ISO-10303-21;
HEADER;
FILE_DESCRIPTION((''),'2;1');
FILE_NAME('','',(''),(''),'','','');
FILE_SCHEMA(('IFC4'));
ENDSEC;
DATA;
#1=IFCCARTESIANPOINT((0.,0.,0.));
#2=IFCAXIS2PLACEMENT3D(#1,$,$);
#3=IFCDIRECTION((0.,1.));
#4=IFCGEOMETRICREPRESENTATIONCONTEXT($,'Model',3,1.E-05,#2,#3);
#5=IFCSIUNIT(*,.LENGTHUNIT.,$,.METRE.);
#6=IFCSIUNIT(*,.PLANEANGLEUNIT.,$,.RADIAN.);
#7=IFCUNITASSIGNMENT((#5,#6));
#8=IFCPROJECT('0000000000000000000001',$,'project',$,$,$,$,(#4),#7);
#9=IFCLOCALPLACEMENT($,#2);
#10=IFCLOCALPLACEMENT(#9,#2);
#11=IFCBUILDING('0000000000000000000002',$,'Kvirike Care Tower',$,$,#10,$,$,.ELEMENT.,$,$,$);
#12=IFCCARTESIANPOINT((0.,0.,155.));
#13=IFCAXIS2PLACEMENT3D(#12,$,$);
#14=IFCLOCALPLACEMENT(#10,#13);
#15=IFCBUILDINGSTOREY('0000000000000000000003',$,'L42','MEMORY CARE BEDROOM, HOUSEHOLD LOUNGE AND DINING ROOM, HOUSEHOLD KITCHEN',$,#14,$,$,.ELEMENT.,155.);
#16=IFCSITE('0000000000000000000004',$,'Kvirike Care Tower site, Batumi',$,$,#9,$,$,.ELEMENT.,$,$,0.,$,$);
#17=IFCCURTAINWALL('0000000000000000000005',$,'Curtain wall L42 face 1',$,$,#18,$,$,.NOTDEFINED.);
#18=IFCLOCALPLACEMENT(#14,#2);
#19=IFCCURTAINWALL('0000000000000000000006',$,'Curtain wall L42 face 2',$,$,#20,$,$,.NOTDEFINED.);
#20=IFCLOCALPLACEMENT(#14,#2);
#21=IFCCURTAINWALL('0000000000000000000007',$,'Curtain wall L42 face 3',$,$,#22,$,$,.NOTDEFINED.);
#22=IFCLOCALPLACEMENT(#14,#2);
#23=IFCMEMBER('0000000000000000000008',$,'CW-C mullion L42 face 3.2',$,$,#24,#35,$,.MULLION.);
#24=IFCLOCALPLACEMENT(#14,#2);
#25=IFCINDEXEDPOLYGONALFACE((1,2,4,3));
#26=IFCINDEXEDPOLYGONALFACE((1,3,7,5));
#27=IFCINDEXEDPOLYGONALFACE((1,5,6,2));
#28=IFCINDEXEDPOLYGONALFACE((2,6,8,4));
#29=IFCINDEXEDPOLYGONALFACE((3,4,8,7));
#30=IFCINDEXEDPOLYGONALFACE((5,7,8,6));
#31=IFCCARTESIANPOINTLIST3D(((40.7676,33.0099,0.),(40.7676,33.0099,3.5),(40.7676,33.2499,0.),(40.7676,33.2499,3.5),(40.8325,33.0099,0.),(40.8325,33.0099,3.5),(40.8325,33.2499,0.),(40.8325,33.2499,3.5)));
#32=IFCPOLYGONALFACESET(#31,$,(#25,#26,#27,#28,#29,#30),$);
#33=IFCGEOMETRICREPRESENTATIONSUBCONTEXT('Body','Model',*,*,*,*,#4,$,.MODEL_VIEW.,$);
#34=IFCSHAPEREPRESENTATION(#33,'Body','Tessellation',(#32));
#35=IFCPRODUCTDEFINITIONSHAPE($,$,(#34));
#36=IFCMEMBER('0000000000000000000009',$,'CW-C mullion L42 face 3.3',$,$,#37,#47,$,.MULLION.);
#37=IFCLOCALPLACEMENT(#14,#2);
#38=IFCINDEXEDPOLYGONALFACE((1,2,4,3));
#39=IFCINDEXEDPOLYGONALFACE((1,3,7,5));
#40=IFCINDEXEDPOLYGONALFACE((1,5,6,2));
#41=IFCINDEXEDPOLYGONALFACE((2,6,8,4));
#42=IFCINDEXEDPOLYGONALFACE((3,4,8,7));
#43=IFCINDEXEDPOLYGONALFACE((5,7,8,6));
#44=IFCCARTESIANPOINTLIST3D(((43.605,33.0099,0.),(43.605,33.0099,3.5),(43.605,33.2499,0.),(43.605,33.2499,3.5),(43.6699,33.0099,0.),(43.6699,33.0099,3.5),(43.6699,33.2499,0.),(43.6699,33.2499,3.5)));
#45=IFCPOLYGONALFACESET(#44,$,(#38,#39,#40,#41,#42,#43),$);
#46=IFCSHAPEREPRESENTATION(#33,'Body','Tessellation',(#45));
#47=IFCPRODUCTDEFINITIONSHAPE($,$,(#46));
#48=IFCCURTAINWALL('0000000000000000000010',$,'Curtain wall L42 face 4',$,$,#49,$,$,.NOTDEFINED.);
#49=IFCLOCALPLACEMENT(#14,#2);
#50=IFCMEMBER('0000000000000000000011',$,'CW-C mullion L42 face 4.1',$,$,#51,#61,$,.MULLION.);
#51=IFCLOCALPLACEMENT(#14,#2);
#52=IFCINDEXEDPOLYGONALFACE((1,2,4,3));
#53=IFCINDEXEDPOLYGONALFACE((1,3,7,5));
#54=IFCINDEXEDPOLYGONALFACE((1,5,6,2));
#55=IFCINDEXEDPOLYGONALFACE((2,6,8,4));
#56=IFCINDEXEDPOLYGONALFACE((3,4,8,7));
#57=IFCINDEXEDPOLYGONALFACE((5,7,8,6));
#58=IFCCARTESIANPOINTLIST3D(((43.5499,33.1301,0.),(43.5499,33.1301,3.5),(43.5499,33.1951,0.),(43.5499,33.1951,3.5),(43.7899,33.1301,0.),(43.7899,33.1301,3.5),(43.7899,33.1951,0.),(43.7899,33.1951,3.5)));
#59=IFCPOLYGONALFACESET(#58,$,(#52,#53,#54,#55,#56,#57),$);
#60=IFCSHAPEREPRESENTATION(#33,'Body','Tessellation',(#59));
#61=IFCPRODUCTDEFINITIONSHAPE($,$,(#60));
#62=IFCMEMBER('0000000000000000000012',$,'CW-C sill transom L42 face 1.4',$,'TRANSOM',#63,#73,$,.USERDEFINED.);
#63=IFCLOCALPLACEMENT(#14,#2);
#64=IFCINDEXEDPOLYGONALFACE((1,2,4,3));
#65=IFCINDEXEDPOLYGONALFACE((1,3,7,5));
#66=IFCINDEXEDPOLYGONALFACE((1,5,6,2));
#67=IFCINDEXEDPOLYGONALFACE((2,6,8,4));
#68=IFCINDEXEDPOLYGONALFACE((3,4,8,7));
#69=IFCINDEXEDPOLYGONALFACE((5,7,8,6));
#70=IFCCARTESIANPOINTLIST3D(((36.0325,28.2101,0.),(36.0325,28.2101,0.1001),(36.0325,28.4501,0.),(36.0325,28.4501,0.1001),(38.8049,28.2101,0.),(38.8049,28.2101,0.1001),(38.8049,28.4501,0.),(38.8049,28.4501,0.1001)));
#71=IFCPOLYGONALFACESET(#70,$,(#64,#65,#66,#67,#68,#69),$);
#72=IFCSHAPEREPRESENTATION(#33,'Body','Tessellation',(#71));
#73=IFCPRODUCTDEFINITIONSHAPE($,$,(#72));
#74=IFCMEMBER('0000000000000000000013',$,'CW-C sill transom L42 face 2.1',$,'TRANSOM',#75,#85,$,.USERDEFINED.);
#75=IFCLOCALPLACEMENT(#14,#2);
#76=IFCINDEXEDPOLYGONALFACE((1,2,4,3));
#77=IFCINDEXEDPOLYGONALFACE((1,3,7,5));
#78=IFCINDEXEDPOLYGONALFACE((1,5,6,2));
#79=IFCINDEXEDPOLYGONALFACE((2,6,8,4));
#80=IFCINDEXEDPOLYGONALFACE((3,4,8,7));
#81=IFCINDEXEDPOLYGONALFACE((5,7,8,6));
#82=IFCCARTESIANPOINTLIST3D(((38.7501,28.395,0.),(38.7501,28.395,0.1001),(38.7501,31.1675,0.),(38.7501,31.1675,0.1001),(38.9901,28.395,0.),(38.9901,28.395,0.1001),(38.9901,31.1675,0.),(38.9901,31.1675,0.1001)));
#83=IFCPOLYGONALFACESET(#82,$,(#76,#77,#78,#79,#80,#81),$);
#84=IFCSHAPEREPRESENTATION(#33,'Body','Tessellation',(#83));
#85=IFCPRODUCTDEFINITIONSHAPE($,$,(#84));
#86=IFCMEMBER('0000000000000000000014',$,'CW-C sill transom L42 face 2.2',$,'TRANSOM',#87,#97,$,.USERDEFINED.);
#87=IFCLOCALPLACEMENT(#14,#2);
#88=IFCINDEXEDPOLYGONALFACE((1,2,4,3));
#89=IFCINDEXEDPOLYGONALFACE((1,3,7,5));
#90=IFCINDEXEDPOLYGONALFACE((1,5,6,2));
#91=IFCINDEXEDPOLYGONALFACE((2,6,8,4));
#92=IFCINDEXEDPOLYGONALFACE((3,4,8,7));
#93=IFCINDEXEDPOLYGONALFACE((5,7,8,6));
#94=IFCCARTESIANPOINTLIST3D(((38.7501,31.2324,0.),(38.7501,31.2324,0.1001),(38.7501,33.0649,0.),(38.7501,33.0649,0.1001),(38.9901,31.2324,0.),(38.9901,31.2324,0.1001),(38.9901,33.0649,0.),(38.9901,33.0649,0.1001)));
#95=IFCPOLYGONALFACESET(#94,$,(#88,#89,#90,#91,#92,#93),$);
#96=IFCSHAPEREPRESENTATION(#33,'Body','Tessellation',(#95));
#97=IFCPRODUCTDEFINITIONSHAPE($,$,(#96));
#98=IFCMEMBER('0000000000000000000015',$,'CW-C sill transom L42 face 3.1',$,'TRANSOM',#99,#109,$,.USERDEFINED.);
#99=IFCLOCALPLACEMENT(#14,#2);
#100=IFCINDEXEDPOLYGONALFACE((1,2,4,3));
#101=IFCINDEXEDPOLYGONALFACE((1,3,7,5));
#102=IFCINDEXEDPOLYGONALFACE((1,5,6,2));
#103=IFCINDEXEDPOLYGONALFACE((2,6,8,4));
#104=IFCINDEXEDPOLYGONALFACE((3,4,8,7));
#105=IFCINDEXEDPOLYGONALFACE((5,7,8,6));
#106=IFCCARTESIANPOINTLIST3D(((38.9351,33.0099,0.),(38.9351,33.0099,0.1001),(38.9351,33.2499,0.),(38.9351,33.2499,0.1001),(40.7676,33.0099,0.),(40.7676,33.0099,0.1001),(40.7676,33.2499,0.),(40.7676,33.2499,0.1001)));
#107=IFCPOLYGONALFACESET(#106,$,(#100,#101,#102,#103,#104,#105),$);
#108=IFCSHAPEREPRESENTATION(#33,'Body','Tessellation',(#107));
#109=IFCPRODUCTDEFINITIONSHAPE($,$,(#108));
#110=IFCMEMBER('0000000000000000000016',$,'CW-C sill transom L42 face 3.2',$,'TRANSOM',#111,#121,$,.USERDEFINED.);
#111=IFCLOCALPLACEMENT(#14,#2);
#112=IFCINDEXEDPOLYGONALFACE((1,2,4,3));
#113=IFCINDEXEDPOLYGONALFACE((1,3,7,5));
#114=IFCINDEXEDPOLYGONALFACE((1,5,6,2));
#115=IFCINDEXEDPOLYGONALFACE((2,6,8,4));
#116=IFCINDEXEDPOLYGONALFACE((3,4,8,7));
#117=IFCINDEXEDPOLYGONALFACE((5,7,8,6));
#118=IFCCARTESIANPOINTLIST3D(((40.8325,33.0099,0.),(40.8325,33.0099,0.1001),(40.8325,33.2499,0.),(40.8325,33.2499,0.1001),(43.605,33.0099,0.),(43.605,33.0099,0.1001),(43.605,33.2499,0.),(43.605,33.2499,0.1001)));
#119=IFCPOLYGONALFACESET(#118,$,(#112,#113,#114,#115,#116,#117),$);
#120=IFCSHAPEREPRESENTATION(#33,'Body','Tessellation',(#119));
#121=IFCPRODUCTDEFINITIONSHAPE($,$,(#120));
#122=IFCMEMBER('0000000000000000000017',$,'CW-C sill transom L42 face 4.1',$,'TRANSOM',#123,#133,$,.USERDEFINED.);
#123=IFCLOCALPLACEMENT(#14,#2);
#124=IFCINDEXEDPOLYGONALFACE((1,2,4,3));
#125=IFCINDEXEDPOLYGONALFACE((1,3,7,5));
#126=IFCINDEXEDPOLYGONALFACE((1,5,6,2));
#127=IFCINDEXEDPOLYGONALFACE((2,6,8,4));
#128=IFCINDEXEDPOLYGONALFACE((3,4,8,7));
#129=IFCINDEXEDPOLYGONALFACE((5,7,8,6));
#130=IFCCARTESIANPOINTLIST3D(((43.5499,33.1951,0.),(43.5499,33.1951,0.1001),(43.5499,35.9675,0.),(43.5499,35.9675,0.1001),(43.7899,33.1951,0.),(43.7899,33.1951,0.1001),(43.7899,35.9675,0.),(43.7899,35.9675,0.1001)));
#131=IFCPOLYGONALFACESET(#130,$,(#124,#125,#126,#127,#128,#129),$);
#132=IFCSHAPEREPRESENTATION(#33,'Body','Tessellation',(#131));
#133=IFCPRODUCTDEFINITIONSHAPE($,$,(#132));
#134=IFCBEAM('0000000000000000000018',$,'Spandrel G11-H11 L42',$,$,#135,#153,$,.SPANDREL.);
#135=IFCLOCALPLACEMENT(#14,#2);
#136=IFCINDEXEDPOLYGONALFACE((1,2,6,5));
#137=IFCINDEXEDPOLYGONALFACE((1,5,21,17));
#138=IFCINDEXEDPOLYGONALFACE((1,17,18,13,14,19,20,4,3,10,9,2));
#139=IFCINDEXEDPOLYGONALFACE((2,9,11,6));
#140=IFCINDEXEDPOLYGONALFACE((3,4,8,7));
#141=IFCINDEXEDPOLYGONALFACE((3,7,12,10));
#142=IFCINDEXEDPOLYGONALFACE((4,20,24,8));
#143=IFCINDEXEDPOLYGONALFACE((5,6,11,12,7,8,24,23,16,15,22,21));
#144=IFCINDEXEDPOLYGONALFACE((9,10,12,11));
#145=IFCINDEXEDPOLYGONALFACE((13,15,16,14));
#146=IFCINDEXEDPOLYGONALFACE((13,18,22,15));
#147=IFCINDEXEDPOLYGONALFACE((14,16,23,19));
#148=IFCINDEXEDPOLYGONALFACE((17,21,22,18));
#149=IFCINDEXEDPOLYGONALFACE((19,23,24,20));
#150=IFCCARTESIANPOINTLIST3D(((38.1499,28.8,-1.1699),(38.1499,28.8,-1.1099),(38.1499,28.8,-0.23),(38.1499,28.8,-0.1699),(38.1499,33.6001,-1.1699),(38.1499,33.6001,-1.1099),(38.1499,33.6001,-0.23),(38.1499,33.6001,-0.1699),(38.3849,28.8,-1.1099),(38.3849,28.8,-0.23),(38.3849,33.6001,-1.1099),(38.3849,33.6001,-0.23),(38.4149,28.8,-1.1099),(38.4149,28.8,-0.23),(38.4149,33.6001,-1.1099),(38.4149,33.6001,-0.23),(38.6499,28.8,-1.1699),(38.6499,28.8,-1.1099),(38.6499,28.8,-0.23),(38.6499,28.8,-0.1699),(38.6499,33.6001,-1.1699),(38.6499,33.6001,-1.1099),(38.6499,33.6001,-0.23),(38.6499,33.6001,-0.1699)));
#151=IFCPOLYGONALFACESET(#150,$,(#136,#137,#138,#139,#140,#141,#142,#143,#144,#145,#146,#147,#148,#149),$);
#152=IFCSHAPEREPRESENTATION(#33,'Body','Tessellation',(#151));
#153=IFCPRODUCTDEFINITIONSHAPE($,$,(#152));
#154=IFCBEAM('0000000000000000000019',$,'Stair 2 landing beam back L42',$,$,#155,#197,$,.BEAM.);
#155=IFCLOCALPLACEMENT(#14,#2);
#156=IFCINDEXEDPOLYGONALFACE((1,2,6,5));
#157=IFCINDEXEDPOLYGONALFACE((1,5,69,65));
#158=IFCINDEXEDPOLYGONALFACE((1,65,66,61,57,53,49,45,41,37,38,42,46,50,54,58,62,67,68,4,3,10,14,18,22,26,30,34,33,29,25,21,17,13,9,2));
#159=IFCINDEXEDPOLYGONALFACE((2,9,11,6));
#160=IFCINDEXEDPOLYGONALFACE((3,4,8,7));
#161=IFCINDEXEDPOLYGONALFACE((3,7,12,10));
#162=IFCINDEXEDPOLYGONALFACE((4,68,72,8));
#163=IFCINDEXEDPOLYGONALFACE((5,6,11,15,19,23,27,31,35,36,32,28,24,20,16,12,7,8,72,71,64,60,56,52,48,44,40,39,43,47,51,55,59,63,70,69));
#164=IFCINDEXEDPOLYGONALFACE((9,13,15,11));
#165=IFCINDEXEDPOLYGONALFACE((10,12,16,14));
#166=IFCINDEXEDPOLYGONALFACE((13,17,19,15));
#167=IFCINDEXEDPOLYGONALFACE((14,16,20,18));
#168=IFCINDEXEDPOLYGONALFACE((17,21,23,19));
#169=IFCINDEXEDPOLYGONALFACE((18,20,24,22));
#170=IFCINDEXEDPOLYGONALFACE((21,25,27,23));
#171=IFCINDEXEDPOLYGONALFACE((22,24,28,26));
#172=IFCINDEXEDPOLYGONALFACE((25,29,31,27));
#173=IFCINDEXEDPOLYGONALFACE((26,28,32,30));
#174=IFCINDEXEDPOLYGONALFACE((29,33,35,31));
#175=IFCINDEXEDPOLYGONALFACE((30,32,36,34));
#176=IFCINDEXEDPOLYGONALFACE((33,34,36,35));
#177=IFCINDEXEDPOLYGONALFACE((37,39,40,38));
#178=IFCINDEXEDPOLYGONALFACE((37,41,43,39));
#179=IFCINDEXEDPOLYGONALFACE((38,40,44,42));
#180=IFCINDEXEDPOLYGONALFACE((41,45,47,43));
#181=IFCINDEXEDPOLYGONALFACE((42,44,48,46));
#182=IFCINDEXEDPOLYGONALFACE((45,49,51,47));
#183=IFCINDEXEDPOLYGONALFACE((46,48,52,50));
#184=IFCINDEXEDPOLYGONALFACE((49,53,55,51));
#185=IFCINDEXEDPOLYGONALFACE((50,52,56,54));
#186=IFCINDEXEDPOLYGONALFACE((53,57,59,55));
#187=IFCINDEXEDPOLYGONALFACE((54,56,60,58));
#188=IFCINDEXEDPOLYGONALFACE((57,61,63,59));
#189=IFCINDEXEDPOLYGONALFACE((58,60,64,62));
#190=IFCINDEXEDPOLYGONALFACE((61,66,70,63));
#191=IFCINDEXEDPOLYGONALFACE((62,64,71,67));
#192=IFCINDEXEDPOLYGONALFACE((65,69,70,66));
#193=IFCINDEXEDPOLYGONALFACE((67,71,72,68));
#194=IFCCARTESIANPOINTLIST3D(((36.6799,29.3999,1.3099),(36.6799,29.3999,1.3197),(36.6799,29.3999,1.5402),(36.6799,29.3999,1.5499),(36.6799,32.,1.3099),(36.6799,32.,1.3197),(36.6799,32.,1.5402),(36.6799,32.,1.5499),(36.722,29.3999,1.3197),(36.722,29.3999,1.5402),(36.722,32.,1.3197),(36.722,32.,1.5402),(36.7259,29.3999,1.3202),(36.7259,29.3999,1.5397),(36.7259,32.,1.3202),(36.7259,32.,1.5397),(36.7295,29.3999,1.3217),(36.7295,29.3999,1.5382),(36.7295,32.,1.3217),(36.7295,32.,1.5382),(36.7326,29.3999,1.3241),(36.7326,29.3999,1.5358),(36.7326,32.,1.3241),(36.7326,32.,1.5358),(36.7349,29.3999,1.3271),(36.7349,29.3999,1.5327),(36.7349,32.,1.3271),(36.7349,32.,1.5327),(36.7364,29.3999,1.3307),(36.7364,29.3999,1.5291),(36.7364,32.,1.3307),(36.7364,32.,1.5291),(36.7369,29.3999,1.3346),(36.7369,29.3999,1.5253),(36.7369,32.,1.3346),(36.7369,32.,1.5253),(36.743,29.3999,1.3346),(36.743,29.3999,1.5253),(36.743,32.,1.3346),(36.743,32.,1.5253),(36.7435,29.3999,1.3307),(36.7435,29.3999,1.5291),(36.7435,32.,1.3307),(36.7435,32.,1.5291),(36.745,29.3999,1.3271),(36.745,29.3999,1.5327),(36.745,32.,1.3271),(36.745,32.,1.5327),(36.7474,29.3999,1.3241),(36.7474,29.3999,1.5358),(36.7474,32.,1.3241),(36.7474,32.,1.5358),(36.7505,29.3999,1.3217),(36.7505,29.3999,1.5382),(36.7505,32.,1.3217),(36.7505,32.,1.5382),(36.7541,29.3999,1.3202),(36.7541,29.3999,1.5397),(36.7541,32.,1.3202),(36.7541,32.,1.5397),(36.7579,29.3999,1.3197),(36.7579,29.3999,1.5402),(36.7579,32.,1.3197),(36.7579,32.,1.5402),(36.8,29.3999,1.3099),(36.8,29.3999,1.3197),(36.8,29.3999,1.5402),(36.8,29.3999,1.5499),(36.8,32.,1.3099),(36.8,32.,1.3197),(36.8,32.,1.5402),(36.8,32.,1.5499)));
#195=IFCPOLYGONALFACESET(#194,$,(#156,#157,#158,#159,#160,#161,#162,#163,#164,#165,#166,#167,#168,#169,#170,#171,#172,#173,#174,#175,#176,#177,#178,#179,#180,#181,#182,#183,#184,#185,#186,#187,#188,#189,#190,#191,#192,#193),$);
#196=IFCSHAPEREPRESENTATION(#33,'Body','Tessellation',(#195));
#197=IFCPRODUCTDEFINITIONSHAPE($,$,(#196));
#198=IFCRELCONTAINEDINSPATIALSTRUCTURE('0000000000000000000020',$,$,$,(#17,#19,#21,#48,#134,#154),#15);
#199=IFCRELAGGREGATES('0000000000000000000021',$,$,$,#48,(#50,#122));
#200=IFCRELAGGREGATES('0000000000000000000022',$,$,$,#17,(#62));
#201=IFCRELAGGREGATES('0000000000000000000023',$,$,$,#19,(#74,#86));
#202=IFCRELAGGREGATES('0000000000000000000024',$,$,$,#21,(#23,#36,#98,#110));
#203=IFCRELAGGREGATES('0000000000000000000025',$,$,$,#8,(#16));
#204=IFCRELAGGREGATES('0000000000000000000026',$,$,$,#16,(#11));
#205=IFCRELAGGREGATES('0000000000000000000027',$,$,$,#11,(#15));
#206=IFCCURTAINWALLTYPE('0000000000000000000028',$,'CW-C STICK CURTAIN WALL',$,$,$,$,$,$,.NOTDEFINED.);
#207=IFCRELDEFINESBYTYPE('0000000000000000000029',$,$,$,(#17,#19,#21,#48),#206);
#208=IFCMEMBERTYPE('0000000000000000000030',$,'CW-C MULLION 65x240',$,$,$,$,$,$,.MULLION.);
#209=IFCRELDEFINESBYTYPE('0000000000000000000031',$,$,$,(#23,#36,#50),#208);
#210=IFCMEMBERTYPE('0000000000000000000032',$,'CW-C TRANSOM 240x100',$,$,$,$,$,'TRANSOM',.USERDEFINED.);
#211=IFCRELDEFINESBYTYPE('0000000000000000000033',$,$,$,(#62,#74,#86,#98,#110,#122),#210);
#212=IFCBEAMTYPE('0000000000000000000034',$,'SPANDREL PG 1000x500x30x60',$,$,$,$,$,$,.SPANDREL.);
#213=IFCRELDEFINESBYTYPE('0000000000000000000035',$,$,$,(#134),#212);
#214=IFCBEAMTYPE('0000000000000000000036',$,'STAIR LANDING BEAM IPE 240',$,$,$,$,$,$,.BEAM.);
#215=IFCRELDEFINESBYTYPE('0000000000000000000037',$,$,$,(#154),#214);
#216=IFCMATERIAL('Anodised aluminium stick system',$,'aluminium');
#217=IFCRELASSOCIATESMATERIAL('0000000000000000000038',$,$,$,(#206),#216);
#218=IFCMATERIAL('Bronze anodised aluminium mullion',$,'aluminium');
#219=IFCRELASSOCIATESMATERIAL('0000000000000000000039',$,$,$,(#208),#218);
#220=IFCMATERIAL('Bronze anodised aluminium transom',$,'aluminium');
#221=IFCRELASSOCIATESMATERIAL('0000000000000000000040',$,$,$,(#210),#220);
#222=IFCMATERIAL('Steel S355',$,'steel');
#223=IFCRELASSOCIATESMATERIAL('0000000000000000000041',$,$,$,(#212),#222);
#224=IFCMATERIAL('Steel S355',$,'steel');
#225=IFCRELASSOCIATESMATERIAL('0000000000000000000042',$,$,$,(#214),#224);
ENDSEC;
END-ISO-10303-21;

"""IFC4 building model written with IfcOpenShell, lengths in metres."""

from ifc_helpers import new_model, si_unit, direction, frame, origin, origin_2d, place, context, subcontext, project, spatial, rectangle, i_section, extrude, material, material_profile, profile_set, type_object, element, aggregate, save


model = new_model("IFC4")

# Units and contexts
model_context = context("Model", 3, precision=1e-05, world=origin(), true_north=direction((0.0, 1.0)))
body_context = subcontext(model_context, "Body", "Model", "MODEL_VIEW")
ifc_project = project(units=[si_unit("LENGTHUNIT", "METRE"), si_unit("PLANEANGLEUNIT", "RADIAN")], contexts=[model_context])

# Site, building, storey
site_placement = place(None, origin())
site = spatial("IfcSite", under=ifc_project, at=site_placement, Name="Kvirike Care Tower site, Batumi", CompositionType="ELEMENT", RefElevation=0.0)
building_placement = place(site_placement, origin())
building = spatial("IfcBuilding", under=site, at=building_placement, Name="Kvirike Care Tower", CompositionType="ELEMENT")
storey_placement = place(building_placement, frame((0.0, 0.0, 155.0)))
storey = spatial("IfcBuildingStorey", under=building, at=storey_placement, Name="L42", Description="MEMORY CARE BEDROOM, HOUSEHOLD LOUNGE AND DINING ROOM, HOUSEHOLD KITCHEN", CompositionType="ELEMENT", Elevation=155.0)

# Curtain walls, members
ifc_material_1 = material(Name="Anodised aluminium stick system", Category="aluminium")
curtain_wall_type = type_object("IfcCurtainWallType", Name="CW-C STICK CURTAIN WALL", PredefinedType="NOTDEFINED", material=ifc_material_1)
curtain_wall_1_placement = place(storey_placement, origin())
curtain_wall_1 = element("IfcCurtainWall", 1, at=curtain_wall_1_placement, inside=storey, type_object=curtain_wall_type, Name="Curtain wall L42 face 1", PredefinedType="NOTDEFINED")
ifc_material_2 = material(Name="Bronze anodised aluminium mullion", Category="aluminium")
ifc_material_profile_1 = material_profile(ifc_material_2, rectangle(XDim=0.0649, YDim=0.24, at=origin_2d()), Name="CW-C MULLION 65x240")
ifc_profile_set_1 = profile_set([ifc_material_profile_1], Name="Bronze anodised aluminium mullion")
member_type_1 = type_object("IfcMemberType", Name="CW-C MULLION 65x240", PredefinedType="MULLION", material=ifc_profile_set_1)
curtain_wall_2_placement = place(storey_placement, origin())
curtain_wall_2 = element("IfcCurtainWall", 2, at=curtain_wall_2_placement, inside=storey, type_object=curtain_wall_type, Name="Curtain wall L42 face 2", PredefinedType="NOTDEFINED")
curtain_wall_3_placement = place(storey_placement, origin())
curtain_wall_3 = element("IfcCurtainWall", 3, at=curtain_wall_3_placement, inside=storey, type_object=curtain_wall_type, Name="Curtain wall L42 face 3", PredefinedType="NOTDEFINED")
member_1_placement = place(storey_placement, frame((40.8, 33.1299, 0.0), z_axis=(0.0, 0.0, 1.0), x_axis=(1.0, 0.0, 0.0)))
member_1 = element("IfcMember", 4, at=member_1_placement, type_object=member_type_1, Name="CW-C mullion L42 face 3.2", PredefinedType="MULLION", context=body_context, shape_type="SweptSolid", body=[
    extrude(rectangle(XDim=0.0649, YDim=0.24, at=origin_2d()), origin(), (0.0, 0.0, 1.0), 3.5),
])
member_2_placement = place(storey_placement, frame((43.6375, 33.1299, 0.0), z_axis=(0.0, 0.0, 1.0), x_axis=(1.0, 0.0, 0.0)))
member_2 = element("IfcMember", 5, at=member_2_placement, type_object=member_type_1, Name="CW-C mullion L42 face 3.3", PredefinedType="MULLION", context=body_context, shape_type="SweptSolid", body=[
    extrude(rectangle(XDim=0.0649, YDim=0.24, at=origin_2d()), origin(), (0.0, 0.0, 1.0), 3.5),
])

# Curtain wall, member
curtain_wall_4_placement = place(storey_placement, origin())
curtain_wall_4 = element("IfcCurtainWall", 6, at=curtain_wall_4_placement, inside=storey, type_object=curtain_wall_type, Name="Curtain wall L42 face 4", PredefinedType="NOTDEFINED")
member_3_placement = place(storey_placement, frame((43.6699, 33.1626, 0.0), z_axis=(0.0, 0.0, 1.0), x_axis=(0.0, 1.0, 0.0)))
member_3 = element("IfcMember", 7, at=member_3_placement, type_object=member_type_1, Name="CW-C mullion L42 face 4.1", PredefinedType="MULLION", context=body_context, shape_type="SweptSolid", body=[
    extrude(rectangle(XDim=0.0649, YDim=0.24, at=origin_2d()), origin(), (0.0, 0.0, 1.0), 3.5),
])

# Members
ifc_material_3 = material(Name="Bronze anodised aluminium transom", Category="aluminium")
ifc_material_profile_2 = material_profile(ifc_material_3, rectangle(XDim=0.24, YDim=0.1001, at=origin_2d()), Name="CW-C TRANSOM 240x100")
ifc_profile_set_2 = profile_set([ifc_material_profile_2], Name="Bronze anodised aluminium transom")
member_type_2 = type_object("IfcMemberType", Name="CW-C TRANSOM 240x100", ElementType="TRANSOM", PredefinedType="USERDEFINED", material=ifc_profile_set_2)
member_4_placement = place(storey_placement, frame((36.0325, 28.3301, 0.05), z_axis=(1.0, 0.0, 0.0), x_axis=(0.0, 1.0, 0.0)))
member_4 = element("IfcMember", 8, at=member_4_placement, type_object=member_type_2, Name="CW-C sill transom L42 face 1.4", ObjectType="TRANSOM", PredefinedType="USERDEFINED", context=body_context, shape_type="SweptSolid", body=[
    extrude(rectangle(XDim=0.24, YDim=0.1001, at=origin_2d()), origin(), (0.0, 0.0, 1.0), 2.7725),
])
member_5_placement = place(storey_placement, frame((38.8701, 28.395, 0.05), z_axis=(0.0, 1.0, 0.0), x_axis=(-1.0, 0.0, 0.0)))
member_5 = element("IfcMember", 9, at=member_5_placement, type_object=member_type_2, Name="CW-C sill transom L42 face 2.1", ObjectType="TRANSOM", PredefinedType="USERDEFINED", context=body_context, shape_type="SweptSolid", body=[
    extrude(rectangle(XDim=0.24, YDim=0.1001, at=origin_2d()), origin(), (0.0, 0.0, 1.0), 2.7725),
])
member_6_placement = place(storey_placement, frame((38.8701, 31.2324, 0.05), z_axis=(0.0, 1.0, 0.0), x_axis=(-1.0, 0.0, 0.0)))
member_6 = element("IfcMember", 10, at=member_6_placement, type_object=member_type_2, Name="CW-C sill transom L42 face 2.2", ObjectType="TRANSOM", PredefinedType="USERDEFINED", context=body_context, shape_type="SweptSolid", body=[
    extrude(rectangle(XDim=0.24, YDim=0.1001, at=origin_2d()), origin(), (0.0, 0.0, 1.0), 1.8325),
])
member_7_placement = place(storey_placement, frame((38.9351, 33.1299, 0.05), z_axis=(1.0, 0.0, 0.0), x_axis=(0.0, 1.0, 0.0)))
member_7 = element("IfcMember", 11, at=member_7_placement, type_object=member_type_2, Name="CW-C sill transom L42 face 3.1", ObjectType="TRANSOM", PredefinedType="USERDEFINED", context=body_context, shape_type="SweptSolid", body=[
    extrude(rectangle(XDim=0.24, YDim=0.1001, at=origin_2d()), origin(), (0.0, 0.0, 1.0), 1.8325),
])
member_8_placement = place(storey_placement, frame((40.8325, 33.1299, 0.05), z_axis=(1.0, 0.0, 0.0), x_axis=(0.0, 1.0, 0.0)))
member_8 = element("IfcMember", 12, at=member_8_placement, type_object=member_type_2, Name="CW-C sill transom L42 face 3.2", ObjectType="TRANSOM", PredefinedType="USERDEFINED", context=body_context, shape_type="SweptSolid", body=[
    extrude(rectangle(XDim=0.24, YDim=0.1001, at=origin_2d()), origin(), (0.0, 0.0, 1.0), 2.7725),
])
member_9_placement = place(storey_placement, frame((43.6699, 33.1951, 0.05), z_axis=(0.0, 1.0, 0.0), x_axis=(-1.0, 0.0, 0.0)))
member_9 = element("IfcMember", 13, at=member_9_placement, type_object=member_type_2, Name="CW-C sill transom L42 face 4.1", ObjectType="TRANSOM", PredefinedType="USERDEFINED", context=body_context, shape_type="SweptSolid", body=[
    extrude(rectangle(XDim=0.24, YDim=0.1001, at=origin_2d()), origin(), (0.0, 0.0, 1.0), 2.7725),
])
aggregate(curtain_wall_4, [member_3, member_9])

# Beams
ifc_material_4 = material(Name="Steel S355", Category="steel")
ifc_material_profile_3 = material_profile(ifc_material_4, i_section(OverallWidth=0.5, OverallDepth=1.0, WebThickness=0.03, FlangeThickness=0.0601, at=origin_2d()), Name="PG 1000x500x30x60")
ifc_profile_set_3 = profile_set([ifc_material_profile_3], Name="Steel S355")
beam_type_1 = type_object("IfcBeamType", Name="SPANDREL PG 1000x500x30x60", PredefinedType="SPANDREL", material=ifc_profile_set_3)
beam_1_placement = place(storey_placement, frame((38.3999, 28.8, -0.6699), z_axis=(0.0, 1.0, 0.0), x_axis=(-1.0, 0.0, 0.0)))
element("IfcBeam", 14, at=beam_1_placement, inside=storey, type_object=beam_type_1, Name="Spandrel G11-H11 L42", PredefinedType="SPANDREL", context=body_context, shape_type="SweptSolid", body=[
    extrude(i_section(OverallWidth=0.5, OverallDepth=1.0, WebThickness=0.03, FlangeThickness=0.0601, at=origin_2d()), origin(), (0.0, 0.0, 1.0), 4.8),
])
ifc_material_5 = material(Name="Steel S355", Category="steel")
ifc_material_profile_4 = material_profile(ifc_material_5, i_section(OverallWidth=0.1201, OverallDepth=0.24, WebThickness=0.0061, FlangeThickness=0.0098, FilletRadius=0.0149, at=origin_2d()), Name="IPE 240")
ifc_profile_set_4 = profile_set([ifc_material_profile_4], Name="Steel S355")
beam_type_2 = type_object("IfcBeamType", Name="STAIR LANDING BEAM IPE 240", PredefinedType="BEAM", material=ifc_profile_set_4)
beam_2_placement = place(storey_placement, frame((36.74, 29.3999, 1.4299), z_axis=(0.0, 1.0, 0.0), x_axis=(-1.0, 0.0, 0.0)))
element("IfcBeam", 15, at=beam_2_placement, inside=storey, type_object=beam_type_2, Name="Stair 2 landing beam back L42", PredefinedType="BEAM", context=body_context, shape_type="SweptSolid", body=[
    extrude(i_section(OverallWidth=0.1201, OverallDepth=0.24, WebThickness=0.0061, FlangeThickness=0.0098, FilletRadius=0.0149, at=origin_2d()), origin(), (0.0, 0.0, 1.0), 2.6001),
])

aggregate(curtain_wall_1, [member_4])
aggregate(curtain_wall_2, [member_5, member_6])
aggregate(curtain_wall_3, [member_1, member_2, member_7, member_8])

save(model, "model.ifc")
